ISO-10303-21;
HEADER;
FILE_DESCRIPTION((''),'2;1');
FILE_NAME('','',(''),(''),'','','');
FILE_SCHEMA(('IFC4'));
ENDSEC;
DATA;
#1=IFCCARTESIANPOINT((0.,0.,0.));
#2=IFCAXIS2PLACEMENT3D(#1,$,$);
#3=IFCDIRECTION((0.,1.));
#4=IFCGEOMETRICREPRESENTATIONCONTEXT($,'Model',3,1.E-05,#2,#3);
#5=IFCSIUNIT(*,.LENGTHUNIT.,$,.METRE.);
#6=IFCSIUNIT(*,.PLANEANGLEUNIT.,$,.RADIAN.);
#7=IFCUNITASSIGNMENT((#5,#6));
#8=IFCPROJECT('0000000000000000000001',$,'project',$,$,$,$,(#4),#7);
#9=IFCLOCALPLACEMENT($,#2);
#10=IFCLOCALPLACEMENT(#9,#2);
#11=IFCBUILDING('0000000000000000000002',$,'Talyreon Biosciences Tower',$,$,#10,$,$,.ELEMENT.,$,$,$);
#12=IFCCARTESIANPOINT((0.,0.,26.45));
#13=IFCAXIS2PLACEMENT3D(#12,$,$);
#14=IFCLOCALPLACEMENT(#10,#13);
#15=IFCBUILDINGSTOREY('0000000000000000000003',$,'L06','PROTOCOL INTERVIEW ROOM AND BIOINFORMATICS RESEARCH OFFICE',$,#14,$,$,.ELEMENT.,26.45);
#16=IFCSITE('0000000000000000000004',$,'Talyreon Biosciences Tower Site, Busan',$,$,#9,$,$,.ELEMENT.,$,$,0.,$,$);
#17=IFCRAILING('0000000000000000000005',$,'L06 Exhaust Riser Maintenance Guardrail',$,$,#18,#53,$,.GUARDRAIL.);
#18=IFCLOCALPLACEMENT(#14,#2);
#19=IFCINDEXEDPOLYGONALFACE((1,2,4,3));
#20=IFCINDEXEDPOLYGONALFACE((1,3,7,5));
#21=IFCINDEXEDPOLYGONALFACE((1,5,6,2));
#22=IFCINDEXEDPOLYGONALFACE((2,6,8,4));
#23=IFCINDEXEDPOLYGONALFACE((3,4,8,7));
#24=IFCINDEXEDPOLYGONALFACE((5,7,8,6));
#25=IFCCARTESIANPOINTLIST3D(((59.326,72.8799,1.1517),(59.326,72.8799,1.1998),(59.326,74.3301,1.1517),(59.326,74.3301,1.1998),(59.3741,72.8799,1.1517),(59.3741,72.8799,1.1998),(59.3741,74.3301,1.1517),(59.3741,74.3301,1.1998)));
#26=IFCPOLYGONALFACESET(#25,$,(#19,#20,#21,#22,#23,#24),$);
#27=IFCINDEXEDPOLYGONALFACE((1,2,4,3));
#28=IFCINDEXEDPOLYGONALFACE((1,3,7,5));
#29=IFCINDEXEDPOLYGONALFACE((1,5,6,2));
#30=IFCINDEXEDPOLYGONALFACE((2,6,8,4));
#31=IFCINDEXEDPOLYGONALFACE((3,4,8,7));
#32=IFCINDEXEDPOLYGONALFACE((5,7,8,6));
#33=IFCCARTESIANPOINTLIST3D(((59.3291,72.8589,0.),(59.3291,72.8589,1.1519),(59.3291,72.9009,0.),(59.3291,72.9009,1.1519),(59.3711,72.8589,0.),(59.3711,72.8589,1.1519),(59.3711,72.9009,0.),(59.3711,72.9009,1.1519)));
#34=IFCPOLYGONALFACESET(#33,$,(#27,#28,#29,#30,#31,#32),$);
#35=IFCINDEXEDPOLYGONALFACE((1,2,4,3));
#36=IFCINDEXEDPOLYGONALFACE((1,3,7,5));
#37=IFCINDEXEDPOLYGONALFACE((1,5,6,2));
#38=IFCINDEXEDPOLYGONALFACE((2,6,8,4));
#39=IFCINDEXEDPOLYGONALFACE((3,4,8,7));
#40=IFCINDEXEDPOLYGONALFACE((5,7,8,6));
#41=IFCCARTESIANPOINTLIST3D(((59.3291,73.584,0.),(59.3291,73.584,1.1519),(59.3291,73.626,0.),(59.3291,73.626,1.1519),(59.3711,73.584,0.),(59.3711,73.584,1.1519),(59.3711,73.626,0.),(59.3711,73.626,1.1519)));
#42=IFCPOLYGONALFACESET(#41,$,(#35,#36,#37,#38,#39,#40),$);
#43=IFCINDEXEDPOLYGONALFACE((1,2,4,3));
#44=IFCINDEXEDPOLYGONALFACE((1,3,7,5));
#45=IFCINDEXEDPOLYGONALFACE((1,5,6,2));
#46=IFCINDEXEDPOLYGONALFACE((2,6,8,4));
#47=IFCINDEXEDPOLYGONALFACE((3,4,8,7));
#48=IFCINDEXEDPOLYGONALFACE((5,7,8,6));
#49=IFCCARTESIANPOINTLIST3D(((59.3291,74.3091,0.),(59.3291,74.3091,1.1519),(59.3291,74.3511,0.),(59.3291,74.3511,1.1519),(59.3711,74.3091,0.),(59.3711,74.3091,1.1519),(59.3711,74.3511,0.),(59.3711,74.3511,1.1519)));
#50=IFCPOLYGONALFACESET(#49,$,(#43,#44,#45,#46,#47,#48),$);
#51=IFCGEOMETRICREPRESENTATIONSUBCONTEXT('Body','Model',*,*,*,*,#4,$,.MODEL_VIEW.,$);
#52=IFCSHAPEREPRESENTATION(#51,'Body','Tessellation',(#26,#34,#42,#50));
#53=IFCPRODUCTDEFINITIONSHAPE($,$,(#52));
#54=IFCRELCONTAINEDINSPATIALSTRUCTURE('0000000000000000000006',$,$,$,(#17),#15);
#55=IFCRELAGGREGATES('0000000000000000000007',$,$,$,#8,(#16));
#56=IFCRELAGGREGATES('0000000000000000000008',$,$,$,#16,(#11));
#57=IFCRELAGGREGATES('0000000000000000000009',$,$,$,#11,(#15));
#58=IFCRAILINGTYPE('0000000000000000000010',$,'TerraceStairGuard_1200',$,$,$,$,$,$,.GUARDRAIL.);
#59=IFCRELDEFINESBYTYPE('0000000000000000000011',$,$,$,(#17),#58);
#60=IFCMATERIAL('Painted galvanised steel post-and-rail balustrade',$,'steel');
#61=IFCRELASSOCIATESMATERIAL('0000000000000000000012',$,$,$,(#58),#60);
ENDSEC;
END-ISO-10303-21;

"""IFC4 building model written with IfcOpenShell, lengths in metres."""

from ifc_helpers import new_model, si_unit, direction, frame, origin, origin_2d, place, context, subcontext, project, spatial, rectangle, extrude, material, type_object, element, save


model = new_model("IFC4")

# Units and contexts
model_context = context("Model", 3, precision=1e-05, world=origin(), true_north=direction((0.0, 1.0)))
body_context = subcontext(model_context, "Body", "Model", "MODEL_VIEW")
ifc_project = project(units=[si_unit("LENGTHUNIT", "METRE"), si_unit("PLANEANGLEUNIT", "RADIAN")], contexts=[model_context])

# Site, building, storey
site_placement = place(None, origin())
site = spatial("IfcSite", under=ifc_project, at=site_placement, Name="Talyreon Biosciences Tower Site, Busan", CompositionType="ELEMENT", RefElevation=0.0)
building_placement = place(site_placement, origin())
building = spatial("IfcBuilding", under=site, at=building_placement, Name="Talyreon Biosciences Tower", CompositionType="ELEMENT")
storey_placement = place(building_placement, frame((0.0, 0.0, 26.45)))
storey = spatial("IfcBuildingStorey", under=building, at=storey_placement, Name="L06", Description="PROTOCOL INTERVIEW ROOM AND BIOINFORMATICS RESEARCH OFFICE", CompositionType="ELEMENT", Elevation=26.45)

# Railing
ifc_material_1 = material(Name="Painted galvanised steel post-and-rail balustrade", Category="steel")
railing_type_1 = type_object("IfcRailingType", Name="TerraceStairGuard_1200", PredefinedType="GUARDRAIL", material=ifc_material_1)
railing_1_placement = place(storey_placement, frame((59.3501, 72.8799, 0.0)))
element("IfcRailing", 1, at=railing_1_placement, inside=storey, type_object=railing_type_1, Name="L06 Exhaust Riser Maintenance Guardrail", PredefinedType="GUARDRAIL", context=body_context, shape_type="SweptSolid", body=[
    extrude(rectangle(XDim=0.0481, YDim=0.0481, at=origin_2d()), frame((0.0, 0.0, 1.1758), z_axis=(0.0, 1.0, 0.0), x_axis=(-1.0, 0.0, 0.0)), (0.0, 0.0, 1.0), 1.4502),
    extrude(rectangle(XDim=0.042, YDim=0.042, at=origin_2d()), origin(), (0.0, 0.0, 1.0), 1.1519),
    extrude(rectangle(XDim=0.042, YDim=0.042, at=origin_2d()), frame((0.0, 0.7251, 0.0)), (0.0, 0.0, 1.0), 1.1519),
    extrude(rectangle(XDim=0.042, YDim=0.042, at=origin_2d()), frame((0.0, 1.4502, 0.0)), (0.0, 0.0, 1.0), 1.1519),
])

save(model, "model.ifc")
